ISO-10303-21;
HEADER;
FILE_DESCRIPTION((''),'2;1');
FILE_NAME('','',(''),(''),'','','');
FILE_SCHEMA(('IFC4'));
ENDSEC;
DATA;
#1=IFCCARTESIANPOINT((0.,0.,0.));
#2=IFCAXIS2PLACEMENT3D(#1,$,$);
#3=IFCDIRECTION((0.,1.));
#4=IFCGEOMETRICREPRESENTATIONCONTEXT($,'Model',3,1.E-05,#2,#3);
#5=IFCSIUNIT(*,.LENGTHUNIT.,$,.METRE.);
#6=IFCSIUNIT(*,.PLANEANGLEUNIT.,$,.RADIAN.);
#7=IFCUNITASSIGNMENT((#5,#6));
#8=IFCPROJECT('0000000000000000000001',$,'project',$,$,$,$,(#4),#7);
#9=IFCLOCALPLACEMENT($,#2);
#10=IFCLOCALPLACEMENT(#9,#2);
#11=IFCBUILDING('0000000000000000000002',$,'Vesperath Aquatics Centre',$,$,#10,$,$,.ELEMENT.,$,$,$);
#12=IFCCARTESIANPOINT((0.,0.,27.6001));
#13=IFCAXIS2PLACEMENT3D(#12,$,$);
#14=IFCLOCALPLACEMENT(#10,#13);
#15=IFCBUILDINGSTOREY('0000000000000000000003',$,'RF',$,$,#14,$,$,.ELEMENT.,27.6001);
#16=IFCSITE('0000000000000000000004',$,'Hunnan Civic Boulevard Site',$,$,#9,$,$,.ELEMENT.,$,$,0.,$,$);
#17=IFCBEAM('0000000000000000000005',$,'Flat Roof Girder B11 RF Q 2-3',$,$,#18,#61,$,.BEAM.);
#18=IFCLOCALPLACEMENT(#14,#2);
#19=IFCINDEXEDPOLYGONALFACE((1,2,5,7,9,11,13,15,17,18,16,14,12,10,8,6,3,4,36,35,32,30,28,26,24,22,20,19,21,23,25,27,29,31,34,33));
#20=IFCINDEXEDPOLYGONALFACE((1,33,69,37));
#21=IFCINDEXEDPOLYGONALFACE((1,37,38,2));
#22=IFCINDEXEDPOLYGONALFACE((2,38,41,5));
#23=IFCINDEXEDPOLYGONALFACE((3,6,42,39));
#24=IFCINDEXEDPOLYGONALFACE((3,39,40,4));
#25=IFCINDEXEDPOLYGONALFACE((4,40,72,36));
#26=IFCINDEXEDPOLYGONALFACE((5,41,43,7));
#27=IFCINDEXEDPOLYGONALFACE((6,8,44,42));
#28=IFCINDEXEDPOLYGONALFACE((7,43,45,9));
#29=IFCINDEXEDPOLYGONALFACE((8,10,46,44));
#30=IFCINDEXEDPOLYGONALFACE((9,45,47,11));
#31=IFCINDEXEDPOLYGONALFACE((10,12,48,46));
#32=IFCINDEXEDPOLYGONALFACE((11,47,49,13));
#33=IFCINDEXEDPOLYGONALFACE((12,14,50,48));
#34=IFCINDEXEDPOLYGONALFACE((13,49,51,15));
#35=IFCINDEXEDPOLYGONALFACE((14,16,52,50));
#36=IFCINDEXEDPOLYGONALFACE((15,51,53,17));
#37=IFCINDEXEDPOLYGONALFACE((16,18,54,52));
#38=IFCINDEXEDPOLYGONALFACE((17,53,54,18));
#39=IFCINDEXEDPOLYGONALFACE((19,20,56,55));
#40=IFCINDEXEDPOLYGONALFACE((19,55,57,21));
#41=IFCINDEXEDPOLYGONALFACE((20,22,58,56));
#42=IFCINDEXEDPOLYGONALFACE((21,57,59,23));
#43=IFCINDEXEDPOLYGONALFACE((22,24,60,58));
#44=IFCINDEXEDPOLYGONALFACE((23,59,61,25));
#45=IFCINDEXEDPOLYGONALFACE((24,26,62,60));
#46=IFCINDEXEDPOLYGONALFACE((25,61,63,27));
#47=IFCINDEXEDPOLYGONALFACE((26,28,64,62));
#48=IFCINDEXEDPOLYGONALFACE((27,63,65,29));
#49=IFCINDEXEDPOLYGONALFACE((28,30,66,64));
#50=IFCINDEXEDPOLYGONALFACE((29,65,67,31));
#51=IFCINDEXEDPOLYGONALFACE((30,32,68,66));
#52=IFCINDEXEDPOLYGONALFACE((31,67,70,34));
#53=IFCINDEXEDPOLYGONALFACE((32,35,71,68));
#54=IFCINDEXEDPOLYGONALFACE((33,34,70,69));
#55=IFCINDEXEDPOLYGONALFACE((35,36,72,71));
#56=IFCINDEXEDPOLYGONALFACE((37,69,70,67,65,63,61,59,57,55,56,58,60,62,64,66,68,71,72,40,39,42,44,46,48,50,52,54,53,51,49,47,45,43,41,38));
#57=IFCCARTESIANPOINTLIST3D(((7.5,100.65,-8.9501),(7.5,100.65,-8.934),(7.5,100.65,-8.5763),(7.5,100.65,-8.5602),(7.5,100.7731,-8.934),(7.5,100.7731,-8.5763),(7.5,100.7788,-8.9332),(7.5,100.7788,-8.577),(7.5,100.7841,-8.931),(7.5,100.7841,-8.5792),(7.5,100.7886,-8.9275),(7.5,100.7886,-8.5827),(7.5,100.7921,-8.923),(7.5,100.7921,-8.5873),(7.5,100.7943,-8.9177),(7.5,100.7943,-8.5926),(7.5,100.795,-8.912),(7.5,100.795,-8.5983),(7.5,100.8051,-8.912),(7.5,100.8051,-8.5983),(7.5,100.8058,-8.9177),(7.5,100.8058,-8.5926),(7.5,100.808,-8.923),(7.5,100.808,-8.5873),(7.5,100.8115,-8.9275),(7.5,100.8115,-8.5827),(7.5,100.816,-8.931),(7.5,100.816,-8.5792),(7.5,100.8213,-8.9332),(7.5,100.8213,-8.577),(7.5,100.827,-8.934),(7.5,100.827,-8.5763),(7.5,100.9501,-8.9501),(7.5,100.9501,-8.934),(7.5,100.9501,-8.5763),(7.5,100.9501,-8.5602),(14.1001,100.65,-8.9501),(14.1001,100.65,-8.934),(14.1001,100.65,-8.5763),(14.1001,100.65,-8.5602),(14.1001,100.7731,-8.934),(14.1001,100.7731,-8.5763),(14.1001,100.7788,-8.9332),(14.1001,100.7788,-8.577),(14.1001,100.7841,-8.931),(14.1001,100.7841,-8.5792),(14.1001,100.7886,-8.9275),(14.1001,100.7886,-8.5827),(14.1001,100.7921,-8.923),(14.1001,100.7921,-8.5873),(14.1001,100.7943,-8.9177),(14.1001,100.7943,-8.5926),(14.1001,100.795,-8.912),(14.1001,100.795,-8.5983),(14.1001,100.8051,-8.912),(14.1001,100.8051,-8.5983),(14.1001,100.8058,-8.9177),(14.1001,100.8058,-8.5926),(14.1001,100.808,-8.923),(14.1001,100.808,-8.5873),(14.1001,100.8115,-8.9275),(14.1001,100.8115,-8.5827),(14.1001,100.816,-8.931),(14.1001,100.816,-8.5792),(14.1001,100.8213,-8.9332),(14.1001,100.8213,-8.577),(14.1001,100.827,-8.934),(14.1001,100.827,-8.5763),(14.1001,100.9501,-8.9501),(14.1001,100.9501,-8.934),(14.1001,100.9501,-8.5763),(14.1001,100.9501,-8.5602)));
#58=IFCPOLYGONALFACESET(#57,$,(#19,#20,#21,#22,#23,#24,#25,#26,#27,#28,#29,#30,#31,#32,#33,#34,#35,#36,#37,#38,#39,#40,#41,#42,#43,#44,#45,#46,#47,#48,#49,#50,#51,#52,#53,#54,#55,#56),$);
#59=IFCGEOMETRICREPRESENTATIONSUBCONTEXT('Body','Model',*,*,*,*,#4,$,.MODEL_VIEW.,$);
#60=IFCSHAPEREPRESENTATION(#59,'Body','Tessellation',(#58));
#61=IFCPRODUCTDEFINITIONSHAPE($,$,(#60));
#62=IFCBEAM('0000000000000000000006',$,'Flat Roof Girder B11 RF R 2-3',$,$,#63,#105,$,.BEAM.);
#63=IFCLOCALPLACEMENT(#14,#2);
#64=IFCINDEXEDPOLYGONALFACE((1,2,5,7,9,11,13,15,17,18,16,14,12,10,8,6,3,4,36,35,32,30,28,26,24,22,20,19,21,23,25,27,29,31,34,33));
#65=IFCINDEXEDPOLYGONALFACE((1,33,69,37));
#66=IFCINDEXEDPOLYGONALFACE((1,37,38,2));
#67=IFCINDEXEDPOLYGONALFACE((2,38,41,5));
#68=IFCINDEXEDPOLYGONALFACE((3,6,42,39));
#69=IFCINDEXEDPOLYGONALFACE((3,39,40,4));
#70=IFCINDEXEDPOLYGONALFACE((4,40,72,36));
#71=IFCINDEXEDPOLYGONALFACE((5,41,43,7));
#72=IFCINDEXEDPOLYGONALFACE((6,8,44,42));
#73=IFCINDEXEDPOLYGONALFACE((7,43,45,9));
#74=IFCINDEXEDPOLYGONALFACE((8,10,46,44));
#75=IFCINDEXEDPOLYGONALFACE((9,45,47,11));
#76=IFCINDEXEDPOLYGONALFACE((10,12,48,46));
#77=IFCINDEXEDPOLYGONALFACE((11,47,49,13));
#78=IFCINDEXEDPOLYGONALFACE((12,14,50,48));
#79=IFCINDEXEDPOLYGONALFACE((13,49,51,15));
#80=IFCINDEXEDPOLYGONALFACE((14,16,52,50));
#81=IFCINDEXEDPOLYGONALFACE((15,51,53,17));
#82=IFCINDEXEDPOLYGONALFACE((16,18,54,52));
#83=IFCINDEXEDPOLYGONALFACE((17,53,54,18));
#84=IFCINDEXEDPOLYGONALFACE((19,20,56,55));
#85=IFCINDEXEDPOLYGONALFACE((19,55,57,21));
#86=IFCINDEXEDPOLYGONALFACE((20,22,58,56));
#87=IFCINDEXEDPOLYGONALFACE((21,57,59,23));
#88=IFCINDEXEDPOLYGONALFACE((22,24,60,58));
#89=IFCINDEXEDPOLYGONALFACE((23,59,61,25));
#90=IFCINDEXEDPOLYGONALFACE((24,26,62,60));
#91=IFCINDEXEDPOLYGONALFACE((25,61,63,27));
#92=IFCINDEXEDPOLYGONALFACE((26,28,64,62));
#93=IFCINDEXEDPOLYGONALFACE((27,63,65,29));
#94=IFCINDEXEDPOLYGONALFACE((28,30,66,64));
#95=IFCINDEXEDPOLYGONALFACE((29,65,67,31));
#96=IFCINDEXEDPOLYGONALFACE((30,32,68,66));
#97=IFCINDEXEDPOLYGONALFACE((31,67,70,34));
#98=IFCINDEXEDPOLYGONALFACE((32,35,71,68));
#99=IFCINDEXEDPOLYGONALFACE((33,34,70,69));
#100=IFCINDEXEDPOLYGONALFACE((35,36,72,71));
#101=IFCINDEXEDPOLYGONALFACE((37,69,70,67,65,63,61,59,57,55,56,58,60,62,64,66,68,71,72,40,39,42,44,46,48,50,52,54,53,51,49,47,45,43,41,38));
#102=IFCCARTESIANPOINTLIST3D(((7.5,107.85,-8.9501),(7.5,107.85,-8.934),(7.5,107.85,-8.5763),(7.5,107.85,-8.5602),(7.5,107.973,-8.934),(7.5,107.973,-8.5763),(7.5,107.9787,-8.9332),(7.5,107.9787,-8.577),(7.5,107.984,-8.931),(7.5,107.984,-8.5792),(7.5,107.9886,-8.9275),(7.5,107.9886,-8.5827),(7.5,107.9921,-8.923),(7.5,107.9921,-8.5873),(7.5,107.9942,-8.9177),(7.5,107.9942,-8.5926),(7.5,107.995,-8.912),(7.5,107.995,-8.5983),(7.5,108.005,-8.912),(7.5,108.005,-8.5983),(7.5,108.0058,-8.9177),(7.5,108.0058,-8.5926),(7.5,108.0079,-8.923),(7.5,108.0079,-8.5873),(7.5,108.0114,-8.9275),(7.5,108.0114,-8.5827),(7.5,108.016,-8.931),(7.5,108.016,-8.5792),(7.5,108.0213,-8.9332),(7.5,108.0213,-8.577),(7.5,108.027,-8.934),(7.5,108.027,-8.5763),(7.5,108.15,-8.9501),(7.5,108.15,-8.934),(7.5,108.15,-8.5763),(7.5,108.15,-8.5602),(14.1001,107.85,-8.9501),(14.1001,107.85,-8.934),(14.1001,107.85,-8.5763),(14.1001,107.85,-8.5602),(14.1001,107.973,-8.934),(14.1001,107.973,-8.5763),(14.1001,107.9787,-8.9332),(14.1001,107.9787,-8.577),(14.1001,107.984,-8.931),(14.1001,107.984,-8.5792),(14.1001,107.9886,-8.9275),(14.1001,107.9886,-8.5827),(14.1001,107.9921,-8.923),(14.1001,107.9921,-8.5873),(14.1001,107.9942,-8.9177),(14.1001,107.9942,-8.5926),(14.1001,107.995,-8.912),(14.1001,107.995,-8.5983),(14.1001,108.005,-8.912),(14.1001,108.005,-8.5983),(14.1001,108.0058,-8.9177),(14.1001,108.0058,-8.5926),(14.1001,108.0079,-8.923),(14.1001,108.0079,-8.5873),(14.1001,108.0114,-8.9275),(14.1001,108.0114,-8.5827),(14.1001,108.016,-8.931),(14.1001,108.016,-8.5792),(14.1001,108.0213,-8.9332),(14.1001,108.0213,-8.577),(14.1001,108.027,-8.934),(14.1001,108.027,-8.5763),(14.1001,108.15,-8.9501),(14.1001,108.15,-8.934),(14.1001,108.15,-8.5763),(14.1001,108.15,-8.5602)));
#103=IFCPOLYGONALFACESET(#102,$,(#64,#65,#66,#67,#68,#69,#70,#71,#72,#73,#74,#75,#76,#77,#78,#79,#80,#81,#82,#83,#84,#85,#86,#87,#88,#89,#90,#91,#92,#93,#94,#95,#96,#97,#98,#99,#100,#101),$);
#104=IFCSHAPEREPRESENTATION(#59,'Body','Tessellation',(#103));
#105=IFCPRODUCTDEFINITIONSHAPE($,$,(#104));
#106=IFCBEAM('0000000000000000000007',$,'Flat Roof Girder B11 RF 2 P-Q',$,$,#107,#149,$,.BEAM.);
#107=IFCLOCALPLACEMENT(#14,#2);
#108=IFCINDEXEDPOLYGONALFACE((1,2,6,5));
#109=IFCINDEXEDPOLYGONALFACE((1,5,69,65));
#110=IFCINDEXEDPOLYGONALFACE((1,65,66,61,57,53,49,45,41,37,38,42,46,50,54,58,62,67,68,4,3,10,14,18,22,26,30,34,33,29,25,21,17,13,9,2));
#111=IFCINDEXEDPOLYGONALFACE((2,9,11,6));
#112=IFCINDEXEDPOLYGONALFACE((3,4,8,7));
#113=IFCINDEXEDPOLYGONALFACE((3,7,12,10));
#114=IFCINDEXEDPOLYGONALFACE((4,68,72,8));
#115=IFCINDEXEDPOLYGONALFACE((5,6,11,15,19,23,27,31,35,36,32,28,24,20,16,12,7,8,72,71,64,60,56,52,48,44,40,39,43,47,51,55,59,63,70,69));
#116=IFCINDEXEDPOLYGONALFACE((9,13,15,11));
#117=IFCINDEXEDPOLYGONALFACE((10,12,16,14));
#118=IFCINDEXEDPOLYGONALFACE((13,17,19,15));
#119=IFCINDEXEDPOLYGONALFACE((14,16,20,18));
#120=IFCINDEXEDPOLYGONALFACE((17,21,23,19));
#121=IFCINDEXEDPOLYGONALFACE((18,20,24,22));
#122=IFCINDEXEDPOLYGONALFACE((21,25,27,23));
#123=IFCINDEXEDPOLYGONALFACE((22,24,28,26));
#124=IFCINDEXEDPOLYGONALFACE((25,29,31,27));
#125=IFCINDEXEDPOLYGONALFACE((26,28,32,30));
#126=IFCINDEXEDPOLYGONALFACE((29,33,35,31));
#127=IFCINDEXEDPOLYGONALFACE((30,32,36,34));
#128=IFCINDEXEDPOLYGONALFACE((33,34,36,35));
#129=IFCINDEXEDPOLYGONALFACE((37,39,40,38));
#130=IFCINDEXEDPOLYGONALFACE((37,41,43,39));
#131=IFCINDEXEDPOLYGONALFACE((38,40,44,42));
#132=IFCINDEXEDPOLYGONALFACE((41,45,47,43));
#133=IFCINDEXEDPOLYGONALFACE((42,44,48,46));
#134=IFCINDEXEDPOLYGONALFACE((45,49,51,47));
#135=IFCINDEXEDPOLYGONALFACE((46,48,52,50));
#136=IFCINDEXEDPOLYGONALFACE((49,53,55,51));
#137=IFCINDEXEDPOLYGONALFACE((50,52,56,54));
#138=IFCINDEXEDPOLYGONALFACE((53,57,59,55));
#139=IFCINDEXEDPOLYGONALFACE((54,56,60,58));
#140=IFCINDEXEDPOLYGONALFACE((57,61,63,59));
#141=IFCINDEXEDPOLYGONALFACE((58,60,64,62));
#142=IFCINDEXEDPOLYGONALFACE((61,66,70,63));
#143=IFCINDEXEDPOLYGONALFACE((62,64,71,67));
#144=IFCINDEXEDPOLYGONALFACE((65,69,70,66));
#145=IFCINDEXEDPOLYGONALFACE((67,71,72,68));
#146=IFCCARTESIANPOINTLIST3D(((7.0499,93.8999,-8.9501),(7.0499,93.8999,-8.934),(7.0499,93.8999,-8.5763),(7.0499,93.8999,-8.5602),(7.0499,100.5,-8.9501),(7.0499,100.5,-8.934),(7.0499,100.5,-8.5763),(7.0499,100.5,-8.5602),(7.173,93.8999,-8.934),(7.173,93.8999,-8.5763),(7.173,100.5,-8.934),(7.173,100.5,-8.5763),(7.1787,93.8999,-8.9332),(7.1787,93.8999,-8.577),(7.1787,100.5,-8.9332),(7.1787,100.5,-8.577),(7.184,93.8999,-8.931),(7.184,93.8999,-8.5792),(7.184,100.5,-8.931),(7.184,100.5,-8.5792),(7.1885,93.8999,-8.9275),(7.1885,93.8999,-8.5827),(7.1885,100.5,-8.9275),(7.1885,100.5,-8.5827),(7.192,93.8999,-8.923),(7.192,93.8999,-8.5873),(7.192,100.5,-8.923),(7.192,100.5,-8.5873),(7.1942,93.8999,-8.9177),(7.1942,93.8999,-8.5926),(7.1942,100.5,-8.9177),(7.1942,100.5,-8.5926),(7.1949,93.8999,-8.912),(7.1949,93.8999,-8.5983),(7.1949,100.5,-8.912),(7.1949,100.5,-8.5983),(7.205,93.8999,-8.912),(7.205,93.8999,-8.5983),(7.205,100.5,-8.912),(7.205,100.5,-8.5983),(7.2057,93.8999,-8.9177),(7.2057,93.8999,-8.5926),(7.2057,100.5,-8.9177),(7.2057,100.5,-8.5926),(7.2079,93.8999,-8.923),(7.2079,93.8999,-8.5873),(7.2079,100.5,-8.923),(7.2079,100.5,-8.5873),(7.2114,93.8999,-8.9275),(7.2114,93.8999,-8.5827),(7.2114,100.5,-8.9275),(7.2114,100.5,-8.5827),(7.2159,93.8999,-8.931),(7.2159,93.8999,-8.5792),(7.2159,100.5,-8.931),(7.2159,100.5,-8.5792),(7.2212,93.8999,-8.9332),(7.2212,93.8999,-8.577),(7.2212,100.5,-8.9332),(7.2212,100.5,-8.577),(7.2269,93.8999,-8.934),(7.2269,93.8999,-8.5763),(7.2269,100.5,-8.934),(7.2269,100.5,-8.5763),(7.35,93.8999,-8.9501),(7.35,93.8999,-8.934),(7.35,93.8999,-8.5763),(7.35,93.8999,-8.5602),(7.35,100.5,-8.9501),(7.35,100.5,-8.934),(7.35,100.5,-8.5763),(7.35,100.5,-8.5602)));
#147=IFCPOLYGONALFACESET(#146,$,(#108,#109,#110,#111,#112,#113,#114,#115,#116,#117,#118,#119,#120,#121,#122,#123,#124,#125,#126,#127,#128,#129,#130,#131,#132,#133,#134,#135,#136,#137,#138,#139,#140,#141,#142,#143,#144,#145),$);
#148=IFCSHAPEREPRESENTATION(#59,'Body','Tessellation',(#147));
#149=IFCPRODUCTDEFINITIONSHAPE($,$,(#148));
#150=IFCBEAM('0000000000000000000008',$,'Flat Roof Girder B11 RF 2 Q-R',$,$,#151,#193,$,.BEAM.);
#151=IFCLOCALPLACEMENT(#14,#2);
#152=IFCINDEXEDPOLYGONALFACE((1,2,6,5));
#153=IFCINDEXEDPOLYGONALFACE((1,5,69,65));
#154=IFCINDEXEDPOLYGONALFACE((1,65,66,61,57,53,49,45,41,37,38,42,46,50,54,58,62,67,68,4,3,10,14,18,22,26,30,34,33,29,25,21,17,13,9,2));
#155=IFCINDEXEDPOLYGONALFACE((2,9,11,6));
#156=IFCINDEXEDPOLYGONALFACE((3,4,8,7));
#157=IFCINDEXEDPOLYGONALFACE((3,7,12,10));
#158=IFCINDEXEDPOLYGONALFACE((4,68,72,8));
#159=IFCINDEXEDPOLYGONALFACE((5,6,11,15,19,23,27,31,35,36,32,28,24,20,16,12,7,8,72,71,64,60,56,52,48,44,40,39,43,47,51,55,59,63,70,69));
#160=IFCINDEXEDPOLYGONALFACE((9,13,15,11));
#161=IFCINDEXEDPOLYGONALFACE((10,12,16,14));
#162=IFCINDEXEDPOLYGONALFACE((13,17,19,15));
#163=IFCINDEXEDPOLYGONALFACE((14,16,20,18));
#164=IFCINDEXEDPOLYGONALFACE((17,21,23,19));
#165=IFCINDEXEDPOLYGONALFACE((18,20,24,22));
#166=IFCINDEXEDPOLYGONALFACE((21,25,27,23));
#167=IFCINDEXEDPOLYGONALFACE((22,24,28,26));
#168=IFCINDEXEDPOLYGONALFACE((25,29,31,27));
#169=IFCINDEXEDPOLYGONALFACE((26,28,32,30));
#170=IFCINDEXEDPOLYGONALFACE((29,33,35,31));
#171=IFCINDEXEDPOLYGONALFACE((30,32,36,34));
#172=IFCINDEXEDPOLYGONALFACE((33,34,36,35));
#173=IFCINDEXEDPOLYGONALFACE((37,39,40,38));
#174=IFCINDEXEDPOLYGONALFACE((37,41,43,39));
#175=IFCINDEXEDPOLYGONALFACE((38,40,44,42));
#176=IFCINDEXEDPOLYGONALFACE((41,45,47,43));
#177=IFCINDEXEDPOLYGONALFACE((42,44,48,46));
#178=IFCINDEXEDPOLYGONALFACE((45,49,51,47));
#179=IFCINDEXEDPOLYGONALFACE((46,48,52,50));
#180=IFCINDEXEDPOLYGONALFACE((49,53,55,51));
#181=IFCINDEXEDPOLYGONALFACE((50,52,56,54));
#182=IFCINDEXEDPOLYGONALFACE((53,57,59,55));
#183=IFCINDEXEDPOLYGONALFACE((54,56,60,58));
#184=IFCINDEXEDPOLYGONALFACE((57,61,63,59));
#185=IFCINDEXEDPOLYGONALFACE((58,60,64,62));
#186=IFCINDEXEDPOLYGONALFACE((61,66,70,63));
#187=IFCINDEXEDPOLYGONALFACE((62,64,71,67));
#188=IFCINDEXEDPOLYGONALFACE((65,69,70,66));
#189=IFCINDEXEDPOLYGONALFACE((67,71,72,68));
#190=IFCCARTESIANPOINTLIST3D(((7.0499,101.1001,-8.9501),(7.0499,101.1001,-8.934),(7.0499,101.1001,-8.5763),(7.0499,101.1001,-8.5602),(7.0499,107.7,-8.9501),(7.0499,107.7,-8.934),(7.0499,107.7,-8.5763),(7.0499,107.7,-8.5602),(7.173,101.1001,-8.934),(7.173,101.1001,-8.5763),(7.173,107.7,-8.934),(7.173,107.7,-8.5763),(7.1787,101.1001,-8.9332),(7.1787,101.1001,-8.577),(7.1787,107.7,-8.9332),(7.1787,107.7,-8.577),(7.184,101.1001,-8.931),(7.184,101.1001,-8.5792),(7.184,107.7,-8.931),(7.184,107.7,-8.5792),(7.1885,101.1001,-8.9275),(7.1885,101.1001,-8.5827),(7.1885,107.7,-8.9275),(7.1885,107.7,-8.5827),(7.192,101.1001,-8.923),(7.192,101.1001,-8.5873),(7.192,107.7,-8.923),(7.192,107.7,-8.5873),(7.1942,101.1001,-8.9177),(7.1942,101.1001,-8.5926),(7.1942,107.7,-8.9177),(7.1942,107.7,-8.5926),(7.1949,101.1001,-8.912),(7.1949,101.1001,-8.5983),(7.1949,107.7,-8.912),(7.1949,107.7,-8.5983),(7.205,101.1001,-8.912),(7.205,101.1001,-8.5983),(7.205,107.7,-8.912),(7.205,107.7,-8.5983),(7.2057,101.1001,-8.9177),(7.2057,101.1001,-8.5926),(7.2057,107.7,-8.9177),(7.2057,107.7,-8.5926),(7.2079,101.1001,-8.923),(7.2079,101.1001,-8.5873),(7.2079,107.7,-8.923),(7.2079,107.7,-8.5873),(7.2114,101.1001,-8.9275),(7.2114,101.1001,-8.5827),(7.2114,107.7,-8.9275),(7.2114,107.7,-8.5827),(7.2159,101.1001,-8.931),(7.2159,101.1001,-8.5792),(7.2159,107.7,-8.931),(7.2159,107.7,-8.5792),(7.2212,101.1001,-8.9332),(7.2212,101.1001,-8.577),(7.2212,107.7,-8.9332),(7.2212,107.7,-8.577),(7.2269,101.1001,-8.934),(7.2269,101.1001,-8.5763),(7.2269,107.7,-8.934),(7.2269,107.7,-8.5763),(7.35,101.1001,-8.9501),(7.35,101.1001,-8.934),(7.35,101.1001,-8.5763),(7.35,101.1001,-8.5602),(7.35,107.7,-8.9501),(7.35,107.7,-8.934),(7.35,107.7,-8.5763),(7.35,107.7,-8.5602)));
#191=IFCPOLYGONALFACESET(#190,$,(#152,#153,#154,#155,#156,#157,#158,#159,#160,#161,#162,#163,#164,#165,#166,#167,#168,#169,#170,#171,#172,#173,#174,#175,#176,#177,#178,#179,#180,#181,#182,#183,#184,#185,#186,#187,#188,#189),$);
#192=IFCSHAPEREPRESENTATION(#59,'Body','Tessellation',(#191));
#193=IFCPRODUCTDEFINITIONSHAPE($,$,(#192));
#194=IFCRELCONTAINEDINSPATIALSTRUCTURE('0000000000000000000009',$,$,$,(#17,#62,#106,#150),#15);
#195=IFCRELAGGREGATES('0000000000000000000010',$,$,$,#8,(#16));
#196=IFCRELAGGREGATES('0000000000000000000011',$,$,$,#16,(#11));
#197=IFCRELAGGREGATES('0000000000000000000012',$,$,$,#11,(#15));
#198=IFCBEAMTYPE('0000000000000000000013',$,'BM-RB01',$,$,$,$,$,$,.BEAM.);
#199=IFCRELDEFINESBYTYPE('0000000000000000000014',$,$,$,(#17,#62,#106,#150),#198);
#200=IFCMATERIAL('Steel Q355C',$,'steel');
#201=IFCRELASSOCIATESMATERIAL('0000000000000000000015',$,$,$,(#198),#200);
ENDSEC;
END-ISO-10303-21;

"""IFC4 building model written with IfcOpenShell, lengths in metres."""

from ifc_helpers import new_model, si_unit, direction, frame, origin, origin_2d, place, context, subcontext, project, spatial, i_section, extrude, material, material_profile, profile_set, type_object, element, save


model = new_model("IFC4")

# Units and contexts
model_context = context("Model", 3, precision=1e-05, world=origin(), true_north=direction((0.0, 1.0)))
body_context = subcontext(model_context, "Body", "Model", "MODEL_VIEW")
ifc_project = project(units=[si_unit("LENGTHUNIT", "METRE"), si_unit("PLANEANGLEUNIT", "RADIAN")], contexts=[model_context])

# Site, building, storey
site_placement = place(None, origin())
site = spatial("IfcSite", under=ifc_project, at=site_placement, Name="Hunnan Civic Boulevard Site", CompositionType="ELEMENT", RefElevation=0.0)
building_placement = place(site_placement, origin())
building = spatial("IfcBuilding", under=site, at=building_placement, Name="Vesperath Aquatics Centre", CompositionType="ELEMENT")
storey_placement = place(building_placement, frame((0.0, 0.0, 27.6001)))
storey = spatial("IfcBuildingStorey", under=building, at=storey_placement, Name="RF", CompositionType="ELEMENT", Elevation=27.6001)

# Beams
ifc_material_1 = material(Name="Steel Q355C", Category="steel")
ifc_material_profile_1 = material_profile(ifc_material_1, i_section(OverallWidth=0.3, OverallDepth=0.3899, WebThickness=0.01, FlangeThickness=0.0161, FilletRadius=0.022, at=origin_2d()), Name="HM 390x300x10x16")
ifc_profile_set_1 = profile_set([ifc_material_profile_1], Name="Steel Q355C")
beam_type_1 = type_object("IfcBeamType", Name="BM-RB01", PredefinedType="BEAM", material=ifc_profile_set_1)
for number, where, z_axis, x_axis, name in (
    (1, (7.5, 100.8, -8.7551), (1.0, 0.0, 0.0), (0.0, 1.0, 0.0), "Flat Roof Girder B11 RF Q 2-3"),
    (2, (7.5, 108.0, -8.7551), (1.0, 0.0, 0.0), (0.0, 1.0, 0.0), "Flat Roof Girder B11 RF R 2-3"),
    (3, (7.2, 93.8999, -8.7551), (0.0, 1.0, 0.0), (-1.0, 0.0, 0.0), "Flat Roof Girder B11 RF 2 P-Q"),
):
    element("IfcBeam", number, at=place(storey_placement, frame(where, z_axis=z_axis, x_axis=x_axis)), inside=storey, type_object=beam_type_1, Name=name, PredefinedType="BEAM", context=body_context, shape_type="SweptSolid", body=[
        extrude(i_section(OverallWidth=0.3, OverallDepth=0.3899, WebThickness=0.01, FlangeThickness=0.0161, FilletRadius=0.022, at=origin_2d()), origin(), (0.0, 0.0, 1.0), 6.6001),
    ])
beam_1_placement = place(storey_placement, frame((7.2, 101.1001, -8.7551), z_axis=(0.0, 1.0, 0.0), x_axis=(-1.0, 0.0, 0.0)))
element("IfcBeam", 4, at=beam_1_placement, inside=storey, type_object=beam_type_1, Name="Flat Roof Girder B11 RF 2 Q-R", PredefinedType="BEAM", context=body_context, shape_type="SweptSolid", body=[
    extrude(i_section(OverallWidth=0.3, OverallDepth=0.3899, WebThickness=0.01, FlangeThickness=0.0161, FilletRadius=0.022, at=origin_2d()), origin(), (0.0, 0.0, 1.0), 6.5999),
])

save(model, "model.ifc")
